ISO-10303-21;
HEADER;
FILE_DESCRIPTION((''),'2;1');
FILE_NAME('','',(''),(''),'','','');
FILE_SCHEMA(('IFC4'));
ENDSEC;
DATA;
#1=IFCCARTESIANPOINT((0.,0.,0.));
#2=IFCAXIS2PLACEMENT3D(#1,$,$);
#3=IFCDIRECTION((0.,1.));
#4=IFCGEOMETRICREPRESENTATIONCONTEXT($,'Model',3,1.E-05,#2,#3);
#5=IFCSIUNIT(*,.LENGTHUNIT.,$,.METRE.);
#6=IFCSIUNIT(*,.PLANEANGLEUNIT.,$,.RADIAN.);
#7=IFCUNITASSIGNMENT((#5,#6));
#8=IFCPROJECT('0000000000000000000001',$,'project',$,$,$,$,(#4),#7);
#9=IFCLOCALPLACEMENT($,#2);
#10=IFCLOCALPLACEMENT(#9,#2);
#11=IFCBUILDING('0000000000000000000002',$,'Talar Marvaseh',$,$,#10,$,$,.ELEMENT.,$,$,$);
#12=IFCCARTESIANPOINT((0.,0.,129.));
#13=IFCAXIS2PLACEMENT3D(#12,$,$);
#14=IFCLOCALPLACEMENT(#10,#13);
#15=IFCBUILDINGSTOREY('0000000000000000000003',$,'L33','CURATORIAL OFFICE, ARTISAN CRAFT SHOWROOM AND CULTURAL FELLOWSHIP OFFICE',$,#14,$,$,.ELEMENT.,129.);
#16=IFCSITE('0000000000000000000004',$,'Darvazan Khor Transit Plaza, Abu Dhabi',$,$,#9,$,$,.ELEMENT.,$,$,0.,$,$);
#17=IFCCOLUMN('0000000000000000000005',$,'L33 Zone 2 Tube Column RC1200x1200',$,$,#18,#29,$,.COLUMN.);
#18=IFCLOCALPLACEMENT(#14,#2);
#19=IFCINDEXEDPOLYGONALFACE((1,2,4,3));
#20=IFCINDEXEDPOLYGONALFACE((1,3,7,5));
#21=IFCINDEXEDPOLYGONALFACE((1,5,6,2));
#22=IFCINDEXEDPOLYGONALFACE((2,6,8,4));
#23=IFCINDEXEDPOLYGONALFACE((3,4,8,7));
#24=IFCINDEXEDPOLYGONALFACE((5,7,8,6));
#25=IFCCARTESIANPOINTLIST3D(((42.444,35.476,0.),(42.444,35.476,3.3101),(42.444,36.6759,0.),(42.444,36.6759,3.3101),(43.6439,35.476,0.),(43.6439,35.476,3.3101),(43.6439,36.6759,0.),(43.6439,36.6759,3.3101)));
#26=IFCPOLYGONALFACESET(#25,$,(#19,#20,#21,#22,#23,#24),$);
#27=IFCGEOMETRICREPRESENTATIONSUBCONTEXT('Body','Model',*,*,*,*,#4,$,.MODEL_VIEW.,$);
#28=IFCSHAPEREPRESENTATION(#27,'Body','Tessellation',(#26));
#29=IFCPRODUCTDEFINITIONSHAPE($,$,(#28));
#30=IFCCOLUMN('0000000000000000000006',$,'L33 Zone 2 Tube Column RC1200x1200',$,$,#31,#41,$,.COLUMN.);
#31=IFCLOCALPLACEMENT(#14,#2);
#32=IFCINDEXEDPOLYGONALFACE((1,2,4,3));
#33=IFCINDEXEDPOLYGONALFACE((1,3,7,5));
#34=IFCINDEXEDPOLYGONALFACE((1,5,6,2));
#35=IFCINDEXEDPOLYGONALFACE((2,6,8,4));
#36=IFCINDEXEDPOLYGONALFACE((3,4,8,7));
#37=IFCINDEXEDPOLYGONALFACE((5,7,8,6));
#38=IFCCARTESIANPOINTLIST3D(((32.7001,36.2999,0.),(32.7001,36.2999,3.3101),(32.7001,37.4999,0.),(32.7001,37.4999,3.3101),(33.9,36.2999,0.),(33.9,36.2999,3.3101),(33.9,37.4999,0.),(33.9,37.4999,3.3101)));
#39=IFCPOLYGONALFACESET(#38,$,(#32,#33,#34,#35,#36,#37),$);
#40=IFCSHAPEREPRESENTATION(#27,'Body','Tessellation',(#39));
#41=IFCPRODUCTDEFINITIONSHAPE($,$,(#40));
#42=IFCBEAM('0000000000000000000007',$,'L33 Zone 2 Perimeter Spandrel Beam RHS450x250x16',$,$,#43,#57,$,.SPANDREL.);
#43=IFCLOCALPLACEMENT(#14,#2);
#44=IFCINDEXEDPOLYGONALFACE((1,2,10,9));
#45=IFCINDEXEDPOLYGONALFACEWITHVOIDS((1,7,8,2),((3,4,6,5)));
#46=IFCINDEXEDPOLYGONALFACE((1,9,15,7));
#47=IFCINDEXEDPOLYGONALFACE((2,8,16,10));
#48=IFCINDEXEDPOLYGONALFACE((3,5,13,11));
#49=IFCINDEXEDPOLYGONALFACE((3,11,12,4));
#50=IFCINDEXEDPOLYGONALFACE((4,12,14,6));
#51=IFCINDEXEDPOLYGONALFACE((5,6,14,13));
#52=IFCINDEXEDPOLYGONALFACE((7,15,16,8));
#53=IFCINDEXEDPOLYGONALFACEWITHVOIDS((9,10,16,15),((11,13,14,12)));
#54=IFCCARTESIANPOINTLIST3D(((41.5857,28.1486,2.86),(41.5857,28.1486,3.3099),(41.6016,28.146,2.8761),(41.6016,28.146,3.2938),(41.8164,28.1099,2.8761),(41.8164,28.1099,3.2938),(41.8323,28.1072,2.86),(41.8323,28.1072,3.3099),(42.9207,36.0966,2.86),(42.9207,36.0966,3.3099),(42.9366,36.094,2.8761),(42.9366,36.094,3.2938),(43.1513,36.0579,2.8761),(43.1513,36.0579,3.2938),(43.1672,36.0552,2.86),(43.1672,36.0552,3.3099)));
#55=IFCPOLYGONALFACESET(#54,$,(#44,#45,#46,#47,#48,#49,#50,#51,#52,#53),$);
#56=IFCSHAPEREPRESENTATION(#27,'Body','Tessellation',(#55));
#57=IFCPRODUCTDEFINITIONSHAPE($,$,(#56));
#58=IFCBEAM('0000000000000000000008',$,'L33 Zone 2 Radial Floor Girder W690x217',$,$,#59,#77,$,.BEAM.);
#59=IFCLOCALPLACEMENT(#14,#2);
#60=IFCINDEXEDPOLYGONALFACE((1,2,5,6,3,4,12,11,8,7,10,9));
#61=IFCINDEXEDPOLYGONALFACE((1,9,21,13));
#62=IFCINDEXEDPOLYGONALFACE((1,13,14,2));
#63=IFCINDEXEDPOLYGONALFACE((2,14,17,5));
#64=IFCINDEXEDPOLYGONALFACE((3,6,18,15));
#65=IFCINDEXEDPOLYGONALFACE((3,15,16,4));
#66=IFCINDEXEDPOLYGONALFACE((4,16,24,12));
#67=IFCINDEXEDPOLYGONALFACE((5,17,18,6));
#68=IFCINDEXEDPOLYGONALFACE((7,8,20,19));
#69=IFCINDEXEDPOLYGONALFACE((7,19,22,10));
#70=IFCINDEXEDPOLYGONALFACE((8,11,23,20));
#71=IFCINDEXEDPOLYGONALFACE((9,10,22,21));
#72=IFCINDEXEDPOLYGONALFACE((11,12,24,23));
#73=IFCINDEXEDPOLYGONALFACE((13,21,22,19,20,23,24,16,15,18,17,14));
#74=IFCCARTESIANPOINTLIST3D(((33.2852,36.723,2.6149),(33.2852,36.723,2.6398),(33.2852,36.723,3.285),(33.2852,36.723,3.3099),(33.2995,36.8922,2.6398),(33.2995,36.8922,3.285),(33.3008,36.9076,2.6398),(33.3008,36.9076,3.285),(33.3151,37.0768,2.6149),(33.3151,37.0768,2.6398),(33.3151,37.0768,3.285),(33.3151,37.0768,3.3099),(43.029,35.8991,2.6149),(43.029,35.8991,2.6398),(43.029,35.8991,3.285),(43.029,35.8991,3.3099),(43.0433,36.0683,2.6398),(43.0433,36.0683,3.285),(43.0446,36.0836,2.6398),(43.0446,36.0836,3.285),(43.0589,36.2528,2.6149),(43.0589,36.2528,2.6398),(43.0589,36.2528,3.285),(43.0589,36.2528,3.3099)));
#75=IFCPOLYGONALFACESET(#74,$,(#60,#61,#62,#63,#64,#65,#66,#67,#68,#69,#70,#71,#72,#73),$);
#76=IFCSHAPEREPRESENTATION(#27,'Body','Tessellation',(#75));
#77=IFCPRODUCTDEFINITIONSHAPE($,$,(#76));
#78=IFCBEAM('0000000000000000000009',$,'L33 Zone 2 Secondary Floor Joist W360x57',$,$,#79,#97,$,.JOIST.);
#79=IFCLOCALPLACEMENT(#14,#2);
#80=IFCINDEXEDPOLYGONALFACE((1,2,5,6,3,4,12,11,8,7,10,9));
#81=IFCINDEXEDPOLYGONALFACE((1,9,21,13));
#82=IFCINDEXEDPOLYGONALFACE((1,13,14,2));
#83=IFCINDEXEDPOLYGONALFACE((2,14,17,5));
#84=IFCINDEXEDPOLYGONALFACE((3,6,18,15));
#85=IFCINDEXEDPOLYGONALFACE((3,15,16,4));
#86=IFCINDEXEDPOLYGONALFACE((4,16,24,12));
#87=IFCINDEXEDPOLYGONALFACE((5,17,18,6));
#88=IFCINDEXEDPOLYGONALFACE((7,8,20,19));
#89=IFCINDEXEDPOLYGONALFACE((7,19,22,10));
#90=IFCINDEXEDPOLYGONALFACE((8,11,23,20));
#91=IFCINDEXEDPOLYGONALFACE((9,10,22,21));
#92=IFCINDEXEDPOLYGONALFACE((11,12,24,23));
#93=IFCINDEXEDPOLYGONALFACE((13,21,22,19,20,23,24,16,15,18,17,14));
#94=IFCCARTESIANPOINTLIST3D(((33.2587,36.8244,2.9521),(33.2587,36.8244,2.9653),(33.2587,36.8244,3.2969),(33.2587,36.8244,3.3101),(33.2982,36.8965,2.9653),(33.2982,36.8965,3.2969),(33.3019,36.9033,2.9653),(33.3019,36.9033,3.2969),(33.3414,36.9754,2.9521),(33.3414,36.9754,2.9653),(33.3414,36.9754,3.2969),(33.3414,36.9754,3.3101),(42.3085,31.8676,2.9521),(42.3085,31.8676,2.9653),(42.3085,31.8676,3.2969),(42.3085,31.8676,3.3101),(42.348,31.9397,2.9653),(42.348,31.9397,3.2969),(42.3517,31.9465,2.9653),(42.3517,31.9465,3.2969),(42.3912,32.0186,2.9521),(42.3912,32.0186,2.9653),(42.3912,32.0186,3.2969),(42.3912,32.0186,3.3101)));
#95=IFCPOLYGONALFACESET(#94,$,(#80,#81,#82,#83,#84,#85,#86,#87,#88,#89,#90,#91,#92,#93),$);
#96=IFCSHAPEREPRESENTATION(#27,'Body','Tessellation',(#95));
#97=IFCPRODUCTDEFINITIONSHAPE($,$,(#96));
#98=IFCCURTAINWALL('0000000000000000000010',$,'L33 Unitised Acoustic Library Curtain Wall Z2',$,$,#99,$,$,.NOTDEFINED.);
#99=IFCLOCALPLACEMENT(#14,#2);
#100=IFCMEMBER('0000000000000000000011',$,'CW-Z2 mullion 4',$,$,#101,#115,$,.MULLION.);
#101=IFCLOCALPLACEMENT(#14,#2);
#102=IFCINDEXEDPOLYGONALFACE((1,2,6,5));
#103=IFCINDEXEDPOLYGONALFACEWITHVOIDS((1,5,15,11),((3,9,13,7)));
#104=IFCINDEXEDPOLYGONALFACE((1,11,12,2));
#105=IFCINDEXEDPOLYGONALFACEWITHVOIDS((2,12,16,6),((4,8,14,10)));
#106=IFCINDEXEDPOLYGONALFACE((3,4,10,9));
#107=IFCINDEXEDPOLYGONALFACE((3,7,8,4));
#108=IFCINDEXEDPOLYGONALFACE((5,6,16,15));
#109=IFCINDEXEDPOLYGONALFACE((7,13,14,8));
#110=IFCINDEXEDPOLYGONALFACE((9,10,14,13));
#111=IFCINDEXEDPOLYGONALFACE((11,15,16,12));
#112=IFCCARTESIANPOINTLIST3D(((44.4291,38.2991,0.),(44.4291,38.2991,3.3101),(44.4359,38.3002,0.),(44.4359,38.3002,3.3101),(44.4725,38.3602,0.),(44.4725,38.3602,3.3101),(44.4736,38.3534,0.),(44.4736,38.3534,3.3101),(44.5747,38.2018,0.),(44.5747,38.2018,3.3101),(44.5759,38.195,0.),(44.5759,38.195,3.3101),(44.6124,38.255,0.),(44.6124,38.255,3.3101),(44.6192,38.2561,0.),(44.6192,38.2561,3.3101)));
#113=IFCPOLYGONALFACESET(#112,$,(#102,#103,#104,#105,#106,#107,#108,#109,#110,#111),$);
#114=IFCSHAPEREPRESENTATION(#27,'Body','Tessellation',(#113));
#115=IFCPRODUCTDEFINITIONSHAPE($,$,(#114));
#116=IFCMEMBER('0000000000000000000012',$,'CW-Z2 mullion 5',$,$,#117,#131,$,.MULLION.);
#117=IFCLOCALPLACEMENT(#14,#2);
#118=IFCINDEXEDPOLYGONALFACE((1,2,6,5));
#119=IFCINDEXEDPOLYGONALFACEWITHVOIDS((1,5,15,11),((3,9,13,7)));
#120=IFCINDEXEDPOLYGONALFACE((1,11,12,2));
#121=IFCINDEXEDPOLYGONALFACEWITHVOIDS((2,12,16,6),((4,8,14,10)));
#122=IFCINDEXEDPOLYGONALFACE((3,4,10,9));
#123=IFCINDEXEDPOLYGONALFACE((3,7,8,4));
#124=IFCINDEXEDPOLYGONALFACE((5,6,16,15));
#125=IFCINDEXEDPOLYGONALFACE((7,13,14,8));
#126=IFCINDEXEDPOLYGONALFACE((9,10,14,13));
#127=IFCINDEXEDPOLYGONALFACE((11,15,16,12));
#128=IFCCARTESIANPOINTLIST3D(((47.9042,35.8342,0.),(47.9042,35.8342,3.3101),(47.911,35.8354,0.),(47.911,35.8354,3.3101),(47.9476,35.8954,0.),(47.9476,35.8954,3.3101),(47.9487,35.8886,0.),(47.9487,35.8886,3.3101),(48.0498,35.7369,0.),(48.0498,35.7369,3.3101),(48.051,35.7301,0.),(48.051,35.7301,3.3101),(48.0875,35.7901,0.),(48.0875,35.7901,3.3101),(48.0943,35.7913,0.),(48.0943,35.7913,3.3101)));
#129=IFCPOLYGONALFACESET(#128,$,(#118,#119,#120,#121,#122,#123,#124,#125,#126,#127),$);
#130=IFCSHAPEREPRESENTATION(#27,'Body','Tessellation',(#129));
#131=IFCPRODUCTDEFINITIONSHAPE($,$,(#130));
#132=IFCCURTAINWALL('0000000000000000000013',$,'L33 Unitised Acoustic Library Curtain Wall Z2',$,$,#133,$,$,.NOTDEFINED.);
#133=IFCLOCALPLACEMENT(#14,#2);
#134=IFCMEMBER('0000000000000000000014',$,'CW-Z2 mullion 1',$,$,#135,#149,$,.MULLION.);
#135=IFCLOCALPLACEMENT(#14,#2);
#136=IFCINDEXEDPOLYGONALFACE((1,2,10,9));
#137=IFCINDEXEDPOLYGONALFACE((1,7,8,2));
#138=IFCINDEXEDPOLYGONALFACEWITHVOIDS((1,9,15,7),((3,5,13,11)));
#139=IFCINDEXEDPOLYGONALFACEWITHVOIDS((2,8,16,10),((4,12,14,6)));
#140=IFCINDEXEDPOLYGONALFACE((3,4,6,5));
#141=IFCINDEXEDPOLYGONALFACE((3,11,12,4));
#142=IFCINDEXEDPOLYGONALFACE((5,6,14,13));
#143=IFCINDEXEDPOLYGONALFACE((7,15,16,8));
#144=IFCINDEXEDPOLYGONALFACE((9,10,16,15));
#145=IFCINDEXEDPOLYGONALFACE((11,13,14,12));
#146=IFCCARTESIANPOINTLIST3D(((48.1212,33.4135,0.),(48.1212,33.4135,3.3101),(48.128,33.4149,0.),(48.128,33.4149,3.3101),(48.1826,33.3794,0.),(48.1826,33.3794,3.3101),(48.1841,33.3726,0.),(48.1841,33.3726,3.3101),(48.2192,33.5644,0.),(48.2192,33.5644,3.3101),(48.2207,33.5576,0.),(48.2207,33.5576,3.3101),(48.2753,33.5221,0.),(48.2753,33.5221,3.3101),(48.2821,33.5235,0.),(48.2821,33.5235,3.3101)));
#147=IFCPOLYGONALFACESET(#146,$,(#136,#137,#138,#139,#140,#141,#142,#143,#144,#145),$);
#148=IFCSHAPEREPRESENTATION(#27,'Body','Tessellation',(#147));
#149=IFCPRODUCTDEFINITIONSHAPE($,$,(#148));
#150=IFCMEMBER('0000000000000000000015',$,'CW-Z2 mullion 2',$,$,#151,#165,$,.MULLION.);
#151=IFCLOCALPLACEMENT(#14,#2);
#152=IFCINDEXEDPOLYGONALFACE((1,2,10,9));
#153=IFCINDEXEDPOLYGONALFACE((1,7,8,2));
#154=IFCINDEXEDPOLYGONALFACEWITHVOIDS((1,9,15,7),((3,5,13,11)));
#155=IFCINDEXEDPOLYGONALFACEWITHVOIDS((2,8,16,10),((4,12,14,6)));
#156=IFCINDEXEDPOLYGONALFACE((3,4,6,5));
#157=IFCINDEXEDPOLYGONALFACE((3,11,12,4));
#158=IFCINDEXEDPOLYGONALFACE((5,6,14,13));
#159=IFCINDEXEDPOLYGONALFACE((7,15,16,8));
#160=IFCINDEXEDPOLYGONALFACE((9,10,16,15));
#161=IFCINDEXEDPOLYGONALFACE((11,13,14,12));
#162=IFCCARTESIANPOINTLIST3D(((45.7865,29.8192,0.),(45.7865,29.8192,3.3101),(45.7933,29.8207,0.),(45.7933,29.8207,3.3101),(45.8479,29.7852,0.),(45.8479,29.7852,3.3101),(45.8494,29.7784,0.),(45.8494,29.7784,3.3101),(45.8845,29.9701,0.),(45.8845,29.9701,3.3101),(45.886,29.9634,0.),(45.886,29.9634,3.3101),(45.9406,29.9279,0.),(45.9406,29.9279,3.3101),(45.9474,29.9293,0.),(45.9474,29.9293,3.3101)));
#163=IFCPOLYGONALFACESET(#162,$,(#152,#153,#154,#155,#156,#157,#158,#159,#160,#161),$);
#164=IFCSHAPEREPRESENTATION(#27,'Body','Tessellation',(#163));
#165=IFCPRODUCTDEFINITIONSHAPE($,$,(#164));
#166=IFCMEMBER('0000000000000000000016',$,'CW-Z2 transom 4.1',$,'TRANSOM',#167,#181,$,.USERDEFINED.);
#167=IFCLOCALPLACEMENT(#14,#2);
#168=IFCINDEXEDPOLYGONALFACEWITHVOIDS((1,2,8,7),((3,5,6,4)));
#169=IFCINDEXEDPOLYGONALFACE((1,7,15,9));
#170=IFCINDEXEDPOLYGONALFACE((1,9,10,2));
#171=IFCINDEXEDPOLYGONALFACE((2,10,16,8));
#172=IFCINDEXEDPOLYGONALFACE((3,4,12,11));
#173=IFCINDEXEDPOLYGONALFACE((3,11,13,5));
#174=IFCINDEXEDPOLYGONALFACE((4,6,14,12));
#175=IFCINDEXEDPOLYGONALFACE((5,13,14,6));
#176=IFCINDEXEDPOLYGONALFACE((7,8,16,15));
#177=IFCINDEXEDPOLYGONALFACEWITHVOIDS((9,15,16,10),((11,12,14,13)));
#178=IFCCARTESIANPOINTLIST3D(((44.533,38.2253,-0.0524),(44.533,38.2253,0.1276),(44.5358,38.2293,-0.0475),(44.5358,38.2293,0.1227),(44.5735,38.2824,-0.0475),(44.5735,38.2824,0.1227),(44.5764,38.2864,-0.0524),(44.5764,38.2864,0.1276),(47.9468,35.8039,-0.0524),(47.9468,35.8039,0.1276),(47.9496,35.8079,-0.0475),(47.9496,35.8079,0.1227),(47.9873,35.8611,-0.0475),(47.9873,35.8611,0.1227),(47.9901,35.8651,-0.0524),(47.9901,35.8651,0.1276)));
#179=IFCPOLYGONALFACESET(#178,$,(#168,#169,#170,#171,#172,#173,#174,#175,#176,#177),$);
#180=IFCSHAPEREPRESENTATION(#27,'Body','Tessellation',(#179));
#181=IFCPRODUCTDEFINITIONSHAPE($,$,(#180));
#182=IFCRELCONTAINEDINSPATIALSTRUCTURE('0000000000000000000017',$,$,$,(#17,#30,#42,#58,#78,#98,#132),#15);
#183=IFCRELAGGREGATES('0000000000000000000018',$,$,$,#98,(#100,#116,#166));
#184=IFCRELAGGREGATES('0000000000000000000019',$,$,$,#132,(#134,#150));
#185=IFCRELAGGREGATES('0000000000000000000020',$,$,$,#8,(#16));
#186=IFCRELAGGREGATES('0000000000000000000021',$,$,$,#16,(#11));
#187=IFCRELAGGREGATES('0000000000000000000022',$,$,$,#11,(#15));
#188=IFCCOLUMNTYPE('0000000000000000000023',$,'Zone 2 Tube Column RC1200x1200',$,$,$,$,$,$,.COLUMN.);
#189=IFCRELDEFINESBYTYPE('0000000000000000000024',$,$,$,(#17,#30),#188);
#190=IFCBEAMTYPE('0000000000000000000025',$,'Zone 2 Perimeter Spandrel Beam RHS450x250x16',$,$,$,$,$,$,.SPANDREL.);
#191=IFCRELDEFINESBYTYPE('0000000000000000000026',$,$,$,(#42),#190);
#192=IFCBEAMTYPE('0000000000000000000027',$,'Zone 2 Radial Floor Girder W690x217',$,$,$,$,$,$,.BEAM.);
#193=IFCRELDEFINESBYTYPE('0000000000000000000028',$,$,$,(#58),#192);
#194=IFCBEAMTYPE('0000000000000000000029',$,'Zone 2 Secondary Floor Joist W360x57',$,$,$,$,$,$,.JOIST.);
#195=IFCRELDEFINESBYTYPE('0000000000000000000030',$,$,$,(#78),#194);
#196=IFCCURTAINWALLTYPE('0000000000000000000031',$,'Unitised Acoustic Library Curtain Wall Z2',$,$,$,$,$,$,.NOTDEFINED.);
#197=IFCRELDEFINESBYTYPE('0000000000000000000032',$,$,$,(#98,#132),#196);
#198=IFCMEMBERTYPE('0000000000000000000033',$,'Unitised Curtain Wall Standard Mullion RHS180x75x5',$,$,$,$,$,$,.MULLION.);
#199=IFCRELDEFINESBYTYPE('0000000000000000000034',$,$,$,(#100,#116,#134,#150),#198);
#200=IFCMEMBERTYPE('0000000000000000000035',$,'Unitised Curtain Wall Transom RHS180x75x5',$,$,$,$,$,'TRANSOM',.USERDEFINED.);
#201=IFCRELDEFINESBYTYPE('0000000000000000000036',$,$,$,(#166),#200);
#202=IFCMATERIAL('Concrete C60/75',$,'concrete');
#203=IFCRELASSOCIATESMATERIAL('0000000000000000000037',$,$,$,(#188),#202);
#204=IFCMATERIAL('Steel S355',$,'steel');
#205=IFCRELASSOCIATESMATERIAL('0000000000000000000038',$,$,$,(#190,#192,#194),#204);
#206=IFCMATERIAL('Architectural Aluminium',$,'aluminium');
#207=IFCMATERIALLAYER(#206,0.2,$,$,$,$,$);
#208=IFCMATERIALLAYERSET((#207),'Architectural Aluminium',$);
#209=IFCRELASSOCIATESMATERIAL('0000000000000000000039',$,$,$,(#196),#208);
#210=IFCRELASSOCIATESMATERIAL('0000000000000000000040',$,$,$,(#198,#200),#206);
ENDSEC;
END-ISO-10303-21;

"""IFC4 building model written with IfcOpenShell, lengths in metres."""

from ifc_helpers import new_model, si_unit, direction, frame, origin, origin_2d, place, context, subcontext, project, spatial, rectangle, hollow_rectangle, i_section, extrude, source, transform, mapped, material, layer, layer_set, material_profile, profile_set, type_object, type_shapes, element, aggregate, save


model = new_model("IFC4")

# Units and contexts
model_context = context("Model", 3, precision=1e-05, world=origin(), true_north=direction((0.0, 1.0)))
body_context = subcontext(model_context, "Body", "Model", "MODEL_VIEW")
ifc_project = project(units=[si_unit("LENGTHUNIT", "METRE"), si_unit("PLANEANGLEUNIT", "RADIAN")], contexts=[model_context])

# Site, building, storey
site_placement = place(None, origin())
site = spatial("IfcSite", under=ifc_project, at=site_placement, Name="Darvazan Khor Transit Plaza, Abu Dhabi", CompositionType="ELEMENT", RefElevation=0.0)
building_placement = place(site_placement, origin())
building = spatial("IfcBuilding", under=site, at=building_placement, Name="Talar Marvaseh", CompositionType="ELEMENT")
storey_placement = place(building_placement, frame((0.0, 0.0, 129.0)))
storey = spatial("IfcBuildingStorey", under=building, at=storey_placement, Name="L33", Description="CURATORIAL OFFICE, ARTISAN CRAFT SHOWROOM AND CULTURAL FELLOWSHIP OFFICE", CompositionType="ELEMENT", Elevation=129.0)

# Columns
ifc_material_1 = material(Name="Concrete C60/75", Category="concrete")
ifc_material_profile_1 = material_profile(ifc_material_1, rectangle(XDim=1.2, YDim=1.2, at=origin_2d()), Name="RC1200x1200")
ifc_profile_set_1 = profile_set([ifc_material_profile_1], Name="Concrete C60/75")
column_type = type_object("IfcColumnType", Name="Zone 2 Tube Column RC1200x1200", PredefinedType="COLUMN", material=ifc_profile_set_1)
for number, where, z_axis, x_axis, name in (
    (1, (43.0439, 36.0759, 0.0), (0.0, 0.0, 1.0), (1.0, 0.0, 0.0), "L33 Zone 2 Tube Column RC1200x1200"),
    (2, (33.3, 36.8999, 0.0), (0.0, 0.0, 1.0), (1.0, 0.0, 0.0), "L33 Zone 2 Tube Column RC1200x1200"),
):
    element("IfcColumn", number, at=place(storey_placement, frame(where, z_axis=z_axis, x_axis=x_axis)), inside=storey, type_object=column_type, Name=name, PredefinedType="COLUMN", context=body_context, shape_type="SweptSolid", body=[
        extrude(rectangle(XDim=1.2, YDim=1.2, at=origin_2d()), origin(), (0.0, 0.0, 1.0), 3.3101),
    ])

# Beams
ifc_material_2 = material(Name="Steel S355", Category="steel")
ifc_material_profile_2 = material_profile(ifc_material_2, hollow_rectangle(XDim=0.25, YDim=0.45, WallThickness=0.0161, at=origin_2d()), Name="RHS450x250x16")
ifc_profile_set_2 = profile_set([ifc_material_profile_2], Name="Steel S355")
beam_type_1 = type_object("IfcBeamType", Name="Zone 2 Perimeter Spandrel Beam RHS450x250x16", PredefinedType="SPANDREL", material=ifc_profile_set_2)
beam_1_placement = place(storey_placement, frame((43.0439, 36.0759, 3.085), z_axis=(-0.165642, -0.986186, 0.0), x_axis=(0.986186, -0.165642, 0.0)))
element("IfcBeam", 3, at=beam_1_placement, inside=storey, type_object=beam_type_1, Name="L33 Zone 2 Perimeter Spandrel Beam RHS450x250x16", PredefinedType="SPANDREL", context=body_context, shape_type="SweptSolid", body=[
    extrude(hollow_rectangle(XDim=0.25, YDim=0.45, WallThickness=0.0161, at=origin_2d()), origin(), (0.0, 0.0, 1.0), 8.0593),
])
ifc_material_profile_3 = material_profile(ifc_material_2, i_section(OverallWidth=0.355, OverallDepth=0.6951, WebThickness=0.0154, FlangeThickness=0.0249, at=origin_2d()), Name="W690x217")
ifc_profile_set_3 = profile_set([ifc_material_profile_3], Name="Steel S355")
beam_type_2 = type_object("IfcBeamType", Name="Zone 2 Radial Floor Girder W690x217", PredefinedType="BEAM", material=ifc_profile_set_3)
beam_2_placement = place(storey_placement, frame((43.0439, 36.0759, 2.9624), z_axis=(-0.996444, 0.084262, 0.0), x_axis=(-0.084262, -0.996444, 0.0)))
element("IfcBeam", 4, at=beam_2_placement, inside=storey, type_object=beam_type_2, Name="L33 Zone 2 Radial Floor Girder W690x217", PredefinedType="BEAM", context=body_context, shape_type="SweptSolid", body=[
    extrude(i_section(OverallWidth=0.355, OverallDepth=0.6951, WebThickness=0.0154, FlangeThickness=0.0249, at=origin_2d()), origin(), (0.0, 0.0, 1.0), 9.7786),
])
ifc_material_profile_4 = material_profile(ifc_material_2, i_section(OverallWidth=0.1721, OverallDepth=0.3579, WebThickness=0.0078, FlangeThickness=0.0132, at=origin_2d()), Name="W360x57")
ifc_profile_set_4 = profile_set([ifc_material_profile_4], Name="Steel S355")
beam_type_3 = type_object("IfcBeamType", Name="Zone 2 Secondary Floor Joist W360x57", PredefinedType="JOIST", material=ifc_profile_set_4)
beam_3_placement = place(storey_placement, frame((42.3499, 31.9431, 3.1311), z_axis=(-0.877058, 0.480385, 0.0), x_axis=(-0.480385, -0.877058, 0.0)))
element("IfcBeam", 5, at=beam_3_placement, inside=storey, type_object=beam_type_3, Name="L33 Zone 2 Secondary Floor Joist W360x57", PredefinedType="JOIST", context=body_context, shape_type="SweptSolid", body=[
    extrude(i_section(OverallWidth=0.1721, OverallDepth=0.3579, WebThickness=0.0078, FlangeThickness=0.0132, at=origin_2d()), origin(), (0.0, 0.0, 1.0), 10.3184),
])

# Curtain walls, members
ifc_material_3 = material(Name="Architectural Aluminium", Category="aluminium")
ifc_layer_1 = layer(ifc_material_3, 0.2)
ifc_layer_set_1 = layer_set([ifc_layer_1], Name="Architectural Aluminium")
curtain_wall_type = type_object("IfcCurtainWallType", Name="Unitised Acoustic Library Curtain Wall Z2", PredefinedType="NOTDEFINED", material=ifc_layer_set_1)
curtain_wall_1_placement = place(storey_placement, origin())
curtain_wall_1 = element("IfcCurtainWall", 6, at=curtain_wall_1_placement, inside=storey, type_object=curtain_wall_type, Name="L33 Unitised Acoustic Library Curtain Wall Z2", PredefinedType="NOTDEFINED")
ifc_material_profile_5 = material_profile(ifc_material_3, hollow_rectangle(XDim=0.075, YDim=0.1799, WallThickness=0.0049, at=origin_2d()), Name="RHS180x75x5")
ifc_profile_set_5 = profile_set([ifc_material_profile_5], Name="Architectural Aluminium")
member_type_1 = type_object("IfcMemberType", Name="Unitised Curtain Wall Standard Mullion RHS180x75x5", PredefinedType="MULLION", material=ifc_profile_set_5)
shared_shape_1 = source(origin(), body_context, "Body", "SweptSolid", [
    extrude(hollow_rectangle(XDim=0.075, YDim=0.1799, WallThickness=0.0049, at=origin_2d()), origin(), (0.0, 0.0, 1.0), 3.3101),
])
type_shapes(member_type_1, [shared_shape_1])
member_1_placement = place(storey_placement, frame((44.5242, 38.2776, 0.0), z_axis=(0.0, 0.0, 1.0), x_axis=(0.578518, 0.81567, 0.0)))
member_1 = element("IfcMember", 7, at=member_1_placement, type_object=member_type_1, Name="CW-Z2 mullion 4", PredefinedType="MULLION", context=body_context, shape_type="MappedRepresentation", body=[
    mapped(shared_shape_1, transform((0.0, 0.0, 0.0), x_axis=(1.0, 0.0, 0.0), y_axis=(0.0, 1.0, 0.0), z_axis=(0.0, 0.0, 1.0), scale=1.0)),
])
member_2_placement = place(storey_placement, frame((47.9993, 35.8127, 0.0), z_axis=(0.0, 0.0, 1.0), x_axis=(0.578518, 0.81567, 0.0)))
member_2 = element("IfcMember", 8, at=member_2_placement, type_object=member_type_1, Name="CW-Z2 mullion 5", PredefinedType="MULLION", context=body_context, shape_type="MappedRepresentation", body=[
    mapped(shared_shape_1, transform((0.0, 0.0, 0.0), x_axis=(1.0, 0.0, 0.0), y_axis=(0.0, 1.0, 0.0), z_axis=(0.0, 0.0, 1.0), scale=1.0)),
])
curtain_wall_2_placement = place(storey_placement, origin())
curtain_wall_2 = element("IfcCurtainWall", 9, at=curtain_wall_2_placement, inside=storey, type_object=curtain_wall_type, Name="L33 Unitised Acoustic Library Curtain Wall Z2", PredefinedType="NOTDEFINED")
member_3_placement = place(storey_placement, frame((48.2017, 33.4685, 0.0), z_axis=(0.0, 0.0, 1.0), x_axis=(0.838586, -0.544769, 0.0)))
member_3 = element("IfcMember", 10, at=member_3_placement, type_object=member_type_1, Name="CW-Z2 mullion 1", PredefinedType="MULLION", context=body_context, shape_type="MappedRepresentation", body=[
    mapped(shared_shape_1, transform((0.0, 0.0, 0.0), x_axis=(1.0, 0.0, 0.0), y_axis=(0.0, 1.0, 0.0), z_axis=(0.0, 0.0, 1.0), scale=1.0)),
])
member_4_placement = place(storey_placement, frame((45.8669, 29.8743, 0.0), z_axis=(0.0, 0.0, 1.0), x_axis=(0.838586, -0.544769, 0.0)))
member_4 = element("IfcMember", 11, at=member_4_placement, type_object=member_type_1, Name="CW-Z2 mullion 2", PredefinedType="MULLION", context=body_context, shape_type="MappedRepresentation", body=[
    mapped(shared_shape_1, transform((0.0, 0.0, 0.0), x_axis=(1.0, 0.0, 0.0), y_axis=(0.0, 1.0, 0.0), z_axis=(0.0, 0.0, 1.0), scale=1.0)),
])

# Member
ifc_material_profile_6 = material_profile(ifc_material_3, hollow_rectangle(XDim=0.075, YDim=0.1799, WallThickness=0.0049, at=origin_2d()), Name="RHS180x75x5")
ifc_profile_set_6 = profile_set([ifc_material_profile_6], Name="Architectural Aluminium")
member_type_2 = type_object("IfcMemberType", Name="Unitised Curtain Wall Transom RHS180x75x5", ElementType="TRANSOM", PredefinedType="USERDEFINED", material=ifc_profile_set_6)
shared_shape_2 = source(origin(), body_context, "Body", "SweptSolid", [
    extrude(hollow_rectangle(XDim=0.075, YDim=0.1799, WallThickness=0.0049, at=origin_2d()), origin(), (0.0, 0.0, 1.0), 4.1853),
])
member_5_placement = place(storey_placement, frame((44.5547, 38.2559, 0.0376), z_axis=(0.815656, -0.578537, 0.0), x_axis=(0.578537, 0.815656, 0.0)))
member_5 = element("IfcMember", 12, at=member_5_placement, type_object=member_type_2, Name="CW-Z2 transom 4.1", ObjectType="TRANSOM", PredefinedType="USERDEFINED", context=body_context, shape_type="MappedRepresentation", body=[
    mapped(shared_shape_2, transform((0.0, 0.0, 0.0), x_axis=(1.0, 0.0, 0.0), y_axis=(0.0, 1.0, 0.0), z_axis=(0.0, 0.0, 1.0), scale=1.0)),
])

aggregate(curtain_wall_1, [member_1, member_2, member_5])
aggregate(curtain_wall_2, [member_3, member_4])

save(model, "model.ifc")
